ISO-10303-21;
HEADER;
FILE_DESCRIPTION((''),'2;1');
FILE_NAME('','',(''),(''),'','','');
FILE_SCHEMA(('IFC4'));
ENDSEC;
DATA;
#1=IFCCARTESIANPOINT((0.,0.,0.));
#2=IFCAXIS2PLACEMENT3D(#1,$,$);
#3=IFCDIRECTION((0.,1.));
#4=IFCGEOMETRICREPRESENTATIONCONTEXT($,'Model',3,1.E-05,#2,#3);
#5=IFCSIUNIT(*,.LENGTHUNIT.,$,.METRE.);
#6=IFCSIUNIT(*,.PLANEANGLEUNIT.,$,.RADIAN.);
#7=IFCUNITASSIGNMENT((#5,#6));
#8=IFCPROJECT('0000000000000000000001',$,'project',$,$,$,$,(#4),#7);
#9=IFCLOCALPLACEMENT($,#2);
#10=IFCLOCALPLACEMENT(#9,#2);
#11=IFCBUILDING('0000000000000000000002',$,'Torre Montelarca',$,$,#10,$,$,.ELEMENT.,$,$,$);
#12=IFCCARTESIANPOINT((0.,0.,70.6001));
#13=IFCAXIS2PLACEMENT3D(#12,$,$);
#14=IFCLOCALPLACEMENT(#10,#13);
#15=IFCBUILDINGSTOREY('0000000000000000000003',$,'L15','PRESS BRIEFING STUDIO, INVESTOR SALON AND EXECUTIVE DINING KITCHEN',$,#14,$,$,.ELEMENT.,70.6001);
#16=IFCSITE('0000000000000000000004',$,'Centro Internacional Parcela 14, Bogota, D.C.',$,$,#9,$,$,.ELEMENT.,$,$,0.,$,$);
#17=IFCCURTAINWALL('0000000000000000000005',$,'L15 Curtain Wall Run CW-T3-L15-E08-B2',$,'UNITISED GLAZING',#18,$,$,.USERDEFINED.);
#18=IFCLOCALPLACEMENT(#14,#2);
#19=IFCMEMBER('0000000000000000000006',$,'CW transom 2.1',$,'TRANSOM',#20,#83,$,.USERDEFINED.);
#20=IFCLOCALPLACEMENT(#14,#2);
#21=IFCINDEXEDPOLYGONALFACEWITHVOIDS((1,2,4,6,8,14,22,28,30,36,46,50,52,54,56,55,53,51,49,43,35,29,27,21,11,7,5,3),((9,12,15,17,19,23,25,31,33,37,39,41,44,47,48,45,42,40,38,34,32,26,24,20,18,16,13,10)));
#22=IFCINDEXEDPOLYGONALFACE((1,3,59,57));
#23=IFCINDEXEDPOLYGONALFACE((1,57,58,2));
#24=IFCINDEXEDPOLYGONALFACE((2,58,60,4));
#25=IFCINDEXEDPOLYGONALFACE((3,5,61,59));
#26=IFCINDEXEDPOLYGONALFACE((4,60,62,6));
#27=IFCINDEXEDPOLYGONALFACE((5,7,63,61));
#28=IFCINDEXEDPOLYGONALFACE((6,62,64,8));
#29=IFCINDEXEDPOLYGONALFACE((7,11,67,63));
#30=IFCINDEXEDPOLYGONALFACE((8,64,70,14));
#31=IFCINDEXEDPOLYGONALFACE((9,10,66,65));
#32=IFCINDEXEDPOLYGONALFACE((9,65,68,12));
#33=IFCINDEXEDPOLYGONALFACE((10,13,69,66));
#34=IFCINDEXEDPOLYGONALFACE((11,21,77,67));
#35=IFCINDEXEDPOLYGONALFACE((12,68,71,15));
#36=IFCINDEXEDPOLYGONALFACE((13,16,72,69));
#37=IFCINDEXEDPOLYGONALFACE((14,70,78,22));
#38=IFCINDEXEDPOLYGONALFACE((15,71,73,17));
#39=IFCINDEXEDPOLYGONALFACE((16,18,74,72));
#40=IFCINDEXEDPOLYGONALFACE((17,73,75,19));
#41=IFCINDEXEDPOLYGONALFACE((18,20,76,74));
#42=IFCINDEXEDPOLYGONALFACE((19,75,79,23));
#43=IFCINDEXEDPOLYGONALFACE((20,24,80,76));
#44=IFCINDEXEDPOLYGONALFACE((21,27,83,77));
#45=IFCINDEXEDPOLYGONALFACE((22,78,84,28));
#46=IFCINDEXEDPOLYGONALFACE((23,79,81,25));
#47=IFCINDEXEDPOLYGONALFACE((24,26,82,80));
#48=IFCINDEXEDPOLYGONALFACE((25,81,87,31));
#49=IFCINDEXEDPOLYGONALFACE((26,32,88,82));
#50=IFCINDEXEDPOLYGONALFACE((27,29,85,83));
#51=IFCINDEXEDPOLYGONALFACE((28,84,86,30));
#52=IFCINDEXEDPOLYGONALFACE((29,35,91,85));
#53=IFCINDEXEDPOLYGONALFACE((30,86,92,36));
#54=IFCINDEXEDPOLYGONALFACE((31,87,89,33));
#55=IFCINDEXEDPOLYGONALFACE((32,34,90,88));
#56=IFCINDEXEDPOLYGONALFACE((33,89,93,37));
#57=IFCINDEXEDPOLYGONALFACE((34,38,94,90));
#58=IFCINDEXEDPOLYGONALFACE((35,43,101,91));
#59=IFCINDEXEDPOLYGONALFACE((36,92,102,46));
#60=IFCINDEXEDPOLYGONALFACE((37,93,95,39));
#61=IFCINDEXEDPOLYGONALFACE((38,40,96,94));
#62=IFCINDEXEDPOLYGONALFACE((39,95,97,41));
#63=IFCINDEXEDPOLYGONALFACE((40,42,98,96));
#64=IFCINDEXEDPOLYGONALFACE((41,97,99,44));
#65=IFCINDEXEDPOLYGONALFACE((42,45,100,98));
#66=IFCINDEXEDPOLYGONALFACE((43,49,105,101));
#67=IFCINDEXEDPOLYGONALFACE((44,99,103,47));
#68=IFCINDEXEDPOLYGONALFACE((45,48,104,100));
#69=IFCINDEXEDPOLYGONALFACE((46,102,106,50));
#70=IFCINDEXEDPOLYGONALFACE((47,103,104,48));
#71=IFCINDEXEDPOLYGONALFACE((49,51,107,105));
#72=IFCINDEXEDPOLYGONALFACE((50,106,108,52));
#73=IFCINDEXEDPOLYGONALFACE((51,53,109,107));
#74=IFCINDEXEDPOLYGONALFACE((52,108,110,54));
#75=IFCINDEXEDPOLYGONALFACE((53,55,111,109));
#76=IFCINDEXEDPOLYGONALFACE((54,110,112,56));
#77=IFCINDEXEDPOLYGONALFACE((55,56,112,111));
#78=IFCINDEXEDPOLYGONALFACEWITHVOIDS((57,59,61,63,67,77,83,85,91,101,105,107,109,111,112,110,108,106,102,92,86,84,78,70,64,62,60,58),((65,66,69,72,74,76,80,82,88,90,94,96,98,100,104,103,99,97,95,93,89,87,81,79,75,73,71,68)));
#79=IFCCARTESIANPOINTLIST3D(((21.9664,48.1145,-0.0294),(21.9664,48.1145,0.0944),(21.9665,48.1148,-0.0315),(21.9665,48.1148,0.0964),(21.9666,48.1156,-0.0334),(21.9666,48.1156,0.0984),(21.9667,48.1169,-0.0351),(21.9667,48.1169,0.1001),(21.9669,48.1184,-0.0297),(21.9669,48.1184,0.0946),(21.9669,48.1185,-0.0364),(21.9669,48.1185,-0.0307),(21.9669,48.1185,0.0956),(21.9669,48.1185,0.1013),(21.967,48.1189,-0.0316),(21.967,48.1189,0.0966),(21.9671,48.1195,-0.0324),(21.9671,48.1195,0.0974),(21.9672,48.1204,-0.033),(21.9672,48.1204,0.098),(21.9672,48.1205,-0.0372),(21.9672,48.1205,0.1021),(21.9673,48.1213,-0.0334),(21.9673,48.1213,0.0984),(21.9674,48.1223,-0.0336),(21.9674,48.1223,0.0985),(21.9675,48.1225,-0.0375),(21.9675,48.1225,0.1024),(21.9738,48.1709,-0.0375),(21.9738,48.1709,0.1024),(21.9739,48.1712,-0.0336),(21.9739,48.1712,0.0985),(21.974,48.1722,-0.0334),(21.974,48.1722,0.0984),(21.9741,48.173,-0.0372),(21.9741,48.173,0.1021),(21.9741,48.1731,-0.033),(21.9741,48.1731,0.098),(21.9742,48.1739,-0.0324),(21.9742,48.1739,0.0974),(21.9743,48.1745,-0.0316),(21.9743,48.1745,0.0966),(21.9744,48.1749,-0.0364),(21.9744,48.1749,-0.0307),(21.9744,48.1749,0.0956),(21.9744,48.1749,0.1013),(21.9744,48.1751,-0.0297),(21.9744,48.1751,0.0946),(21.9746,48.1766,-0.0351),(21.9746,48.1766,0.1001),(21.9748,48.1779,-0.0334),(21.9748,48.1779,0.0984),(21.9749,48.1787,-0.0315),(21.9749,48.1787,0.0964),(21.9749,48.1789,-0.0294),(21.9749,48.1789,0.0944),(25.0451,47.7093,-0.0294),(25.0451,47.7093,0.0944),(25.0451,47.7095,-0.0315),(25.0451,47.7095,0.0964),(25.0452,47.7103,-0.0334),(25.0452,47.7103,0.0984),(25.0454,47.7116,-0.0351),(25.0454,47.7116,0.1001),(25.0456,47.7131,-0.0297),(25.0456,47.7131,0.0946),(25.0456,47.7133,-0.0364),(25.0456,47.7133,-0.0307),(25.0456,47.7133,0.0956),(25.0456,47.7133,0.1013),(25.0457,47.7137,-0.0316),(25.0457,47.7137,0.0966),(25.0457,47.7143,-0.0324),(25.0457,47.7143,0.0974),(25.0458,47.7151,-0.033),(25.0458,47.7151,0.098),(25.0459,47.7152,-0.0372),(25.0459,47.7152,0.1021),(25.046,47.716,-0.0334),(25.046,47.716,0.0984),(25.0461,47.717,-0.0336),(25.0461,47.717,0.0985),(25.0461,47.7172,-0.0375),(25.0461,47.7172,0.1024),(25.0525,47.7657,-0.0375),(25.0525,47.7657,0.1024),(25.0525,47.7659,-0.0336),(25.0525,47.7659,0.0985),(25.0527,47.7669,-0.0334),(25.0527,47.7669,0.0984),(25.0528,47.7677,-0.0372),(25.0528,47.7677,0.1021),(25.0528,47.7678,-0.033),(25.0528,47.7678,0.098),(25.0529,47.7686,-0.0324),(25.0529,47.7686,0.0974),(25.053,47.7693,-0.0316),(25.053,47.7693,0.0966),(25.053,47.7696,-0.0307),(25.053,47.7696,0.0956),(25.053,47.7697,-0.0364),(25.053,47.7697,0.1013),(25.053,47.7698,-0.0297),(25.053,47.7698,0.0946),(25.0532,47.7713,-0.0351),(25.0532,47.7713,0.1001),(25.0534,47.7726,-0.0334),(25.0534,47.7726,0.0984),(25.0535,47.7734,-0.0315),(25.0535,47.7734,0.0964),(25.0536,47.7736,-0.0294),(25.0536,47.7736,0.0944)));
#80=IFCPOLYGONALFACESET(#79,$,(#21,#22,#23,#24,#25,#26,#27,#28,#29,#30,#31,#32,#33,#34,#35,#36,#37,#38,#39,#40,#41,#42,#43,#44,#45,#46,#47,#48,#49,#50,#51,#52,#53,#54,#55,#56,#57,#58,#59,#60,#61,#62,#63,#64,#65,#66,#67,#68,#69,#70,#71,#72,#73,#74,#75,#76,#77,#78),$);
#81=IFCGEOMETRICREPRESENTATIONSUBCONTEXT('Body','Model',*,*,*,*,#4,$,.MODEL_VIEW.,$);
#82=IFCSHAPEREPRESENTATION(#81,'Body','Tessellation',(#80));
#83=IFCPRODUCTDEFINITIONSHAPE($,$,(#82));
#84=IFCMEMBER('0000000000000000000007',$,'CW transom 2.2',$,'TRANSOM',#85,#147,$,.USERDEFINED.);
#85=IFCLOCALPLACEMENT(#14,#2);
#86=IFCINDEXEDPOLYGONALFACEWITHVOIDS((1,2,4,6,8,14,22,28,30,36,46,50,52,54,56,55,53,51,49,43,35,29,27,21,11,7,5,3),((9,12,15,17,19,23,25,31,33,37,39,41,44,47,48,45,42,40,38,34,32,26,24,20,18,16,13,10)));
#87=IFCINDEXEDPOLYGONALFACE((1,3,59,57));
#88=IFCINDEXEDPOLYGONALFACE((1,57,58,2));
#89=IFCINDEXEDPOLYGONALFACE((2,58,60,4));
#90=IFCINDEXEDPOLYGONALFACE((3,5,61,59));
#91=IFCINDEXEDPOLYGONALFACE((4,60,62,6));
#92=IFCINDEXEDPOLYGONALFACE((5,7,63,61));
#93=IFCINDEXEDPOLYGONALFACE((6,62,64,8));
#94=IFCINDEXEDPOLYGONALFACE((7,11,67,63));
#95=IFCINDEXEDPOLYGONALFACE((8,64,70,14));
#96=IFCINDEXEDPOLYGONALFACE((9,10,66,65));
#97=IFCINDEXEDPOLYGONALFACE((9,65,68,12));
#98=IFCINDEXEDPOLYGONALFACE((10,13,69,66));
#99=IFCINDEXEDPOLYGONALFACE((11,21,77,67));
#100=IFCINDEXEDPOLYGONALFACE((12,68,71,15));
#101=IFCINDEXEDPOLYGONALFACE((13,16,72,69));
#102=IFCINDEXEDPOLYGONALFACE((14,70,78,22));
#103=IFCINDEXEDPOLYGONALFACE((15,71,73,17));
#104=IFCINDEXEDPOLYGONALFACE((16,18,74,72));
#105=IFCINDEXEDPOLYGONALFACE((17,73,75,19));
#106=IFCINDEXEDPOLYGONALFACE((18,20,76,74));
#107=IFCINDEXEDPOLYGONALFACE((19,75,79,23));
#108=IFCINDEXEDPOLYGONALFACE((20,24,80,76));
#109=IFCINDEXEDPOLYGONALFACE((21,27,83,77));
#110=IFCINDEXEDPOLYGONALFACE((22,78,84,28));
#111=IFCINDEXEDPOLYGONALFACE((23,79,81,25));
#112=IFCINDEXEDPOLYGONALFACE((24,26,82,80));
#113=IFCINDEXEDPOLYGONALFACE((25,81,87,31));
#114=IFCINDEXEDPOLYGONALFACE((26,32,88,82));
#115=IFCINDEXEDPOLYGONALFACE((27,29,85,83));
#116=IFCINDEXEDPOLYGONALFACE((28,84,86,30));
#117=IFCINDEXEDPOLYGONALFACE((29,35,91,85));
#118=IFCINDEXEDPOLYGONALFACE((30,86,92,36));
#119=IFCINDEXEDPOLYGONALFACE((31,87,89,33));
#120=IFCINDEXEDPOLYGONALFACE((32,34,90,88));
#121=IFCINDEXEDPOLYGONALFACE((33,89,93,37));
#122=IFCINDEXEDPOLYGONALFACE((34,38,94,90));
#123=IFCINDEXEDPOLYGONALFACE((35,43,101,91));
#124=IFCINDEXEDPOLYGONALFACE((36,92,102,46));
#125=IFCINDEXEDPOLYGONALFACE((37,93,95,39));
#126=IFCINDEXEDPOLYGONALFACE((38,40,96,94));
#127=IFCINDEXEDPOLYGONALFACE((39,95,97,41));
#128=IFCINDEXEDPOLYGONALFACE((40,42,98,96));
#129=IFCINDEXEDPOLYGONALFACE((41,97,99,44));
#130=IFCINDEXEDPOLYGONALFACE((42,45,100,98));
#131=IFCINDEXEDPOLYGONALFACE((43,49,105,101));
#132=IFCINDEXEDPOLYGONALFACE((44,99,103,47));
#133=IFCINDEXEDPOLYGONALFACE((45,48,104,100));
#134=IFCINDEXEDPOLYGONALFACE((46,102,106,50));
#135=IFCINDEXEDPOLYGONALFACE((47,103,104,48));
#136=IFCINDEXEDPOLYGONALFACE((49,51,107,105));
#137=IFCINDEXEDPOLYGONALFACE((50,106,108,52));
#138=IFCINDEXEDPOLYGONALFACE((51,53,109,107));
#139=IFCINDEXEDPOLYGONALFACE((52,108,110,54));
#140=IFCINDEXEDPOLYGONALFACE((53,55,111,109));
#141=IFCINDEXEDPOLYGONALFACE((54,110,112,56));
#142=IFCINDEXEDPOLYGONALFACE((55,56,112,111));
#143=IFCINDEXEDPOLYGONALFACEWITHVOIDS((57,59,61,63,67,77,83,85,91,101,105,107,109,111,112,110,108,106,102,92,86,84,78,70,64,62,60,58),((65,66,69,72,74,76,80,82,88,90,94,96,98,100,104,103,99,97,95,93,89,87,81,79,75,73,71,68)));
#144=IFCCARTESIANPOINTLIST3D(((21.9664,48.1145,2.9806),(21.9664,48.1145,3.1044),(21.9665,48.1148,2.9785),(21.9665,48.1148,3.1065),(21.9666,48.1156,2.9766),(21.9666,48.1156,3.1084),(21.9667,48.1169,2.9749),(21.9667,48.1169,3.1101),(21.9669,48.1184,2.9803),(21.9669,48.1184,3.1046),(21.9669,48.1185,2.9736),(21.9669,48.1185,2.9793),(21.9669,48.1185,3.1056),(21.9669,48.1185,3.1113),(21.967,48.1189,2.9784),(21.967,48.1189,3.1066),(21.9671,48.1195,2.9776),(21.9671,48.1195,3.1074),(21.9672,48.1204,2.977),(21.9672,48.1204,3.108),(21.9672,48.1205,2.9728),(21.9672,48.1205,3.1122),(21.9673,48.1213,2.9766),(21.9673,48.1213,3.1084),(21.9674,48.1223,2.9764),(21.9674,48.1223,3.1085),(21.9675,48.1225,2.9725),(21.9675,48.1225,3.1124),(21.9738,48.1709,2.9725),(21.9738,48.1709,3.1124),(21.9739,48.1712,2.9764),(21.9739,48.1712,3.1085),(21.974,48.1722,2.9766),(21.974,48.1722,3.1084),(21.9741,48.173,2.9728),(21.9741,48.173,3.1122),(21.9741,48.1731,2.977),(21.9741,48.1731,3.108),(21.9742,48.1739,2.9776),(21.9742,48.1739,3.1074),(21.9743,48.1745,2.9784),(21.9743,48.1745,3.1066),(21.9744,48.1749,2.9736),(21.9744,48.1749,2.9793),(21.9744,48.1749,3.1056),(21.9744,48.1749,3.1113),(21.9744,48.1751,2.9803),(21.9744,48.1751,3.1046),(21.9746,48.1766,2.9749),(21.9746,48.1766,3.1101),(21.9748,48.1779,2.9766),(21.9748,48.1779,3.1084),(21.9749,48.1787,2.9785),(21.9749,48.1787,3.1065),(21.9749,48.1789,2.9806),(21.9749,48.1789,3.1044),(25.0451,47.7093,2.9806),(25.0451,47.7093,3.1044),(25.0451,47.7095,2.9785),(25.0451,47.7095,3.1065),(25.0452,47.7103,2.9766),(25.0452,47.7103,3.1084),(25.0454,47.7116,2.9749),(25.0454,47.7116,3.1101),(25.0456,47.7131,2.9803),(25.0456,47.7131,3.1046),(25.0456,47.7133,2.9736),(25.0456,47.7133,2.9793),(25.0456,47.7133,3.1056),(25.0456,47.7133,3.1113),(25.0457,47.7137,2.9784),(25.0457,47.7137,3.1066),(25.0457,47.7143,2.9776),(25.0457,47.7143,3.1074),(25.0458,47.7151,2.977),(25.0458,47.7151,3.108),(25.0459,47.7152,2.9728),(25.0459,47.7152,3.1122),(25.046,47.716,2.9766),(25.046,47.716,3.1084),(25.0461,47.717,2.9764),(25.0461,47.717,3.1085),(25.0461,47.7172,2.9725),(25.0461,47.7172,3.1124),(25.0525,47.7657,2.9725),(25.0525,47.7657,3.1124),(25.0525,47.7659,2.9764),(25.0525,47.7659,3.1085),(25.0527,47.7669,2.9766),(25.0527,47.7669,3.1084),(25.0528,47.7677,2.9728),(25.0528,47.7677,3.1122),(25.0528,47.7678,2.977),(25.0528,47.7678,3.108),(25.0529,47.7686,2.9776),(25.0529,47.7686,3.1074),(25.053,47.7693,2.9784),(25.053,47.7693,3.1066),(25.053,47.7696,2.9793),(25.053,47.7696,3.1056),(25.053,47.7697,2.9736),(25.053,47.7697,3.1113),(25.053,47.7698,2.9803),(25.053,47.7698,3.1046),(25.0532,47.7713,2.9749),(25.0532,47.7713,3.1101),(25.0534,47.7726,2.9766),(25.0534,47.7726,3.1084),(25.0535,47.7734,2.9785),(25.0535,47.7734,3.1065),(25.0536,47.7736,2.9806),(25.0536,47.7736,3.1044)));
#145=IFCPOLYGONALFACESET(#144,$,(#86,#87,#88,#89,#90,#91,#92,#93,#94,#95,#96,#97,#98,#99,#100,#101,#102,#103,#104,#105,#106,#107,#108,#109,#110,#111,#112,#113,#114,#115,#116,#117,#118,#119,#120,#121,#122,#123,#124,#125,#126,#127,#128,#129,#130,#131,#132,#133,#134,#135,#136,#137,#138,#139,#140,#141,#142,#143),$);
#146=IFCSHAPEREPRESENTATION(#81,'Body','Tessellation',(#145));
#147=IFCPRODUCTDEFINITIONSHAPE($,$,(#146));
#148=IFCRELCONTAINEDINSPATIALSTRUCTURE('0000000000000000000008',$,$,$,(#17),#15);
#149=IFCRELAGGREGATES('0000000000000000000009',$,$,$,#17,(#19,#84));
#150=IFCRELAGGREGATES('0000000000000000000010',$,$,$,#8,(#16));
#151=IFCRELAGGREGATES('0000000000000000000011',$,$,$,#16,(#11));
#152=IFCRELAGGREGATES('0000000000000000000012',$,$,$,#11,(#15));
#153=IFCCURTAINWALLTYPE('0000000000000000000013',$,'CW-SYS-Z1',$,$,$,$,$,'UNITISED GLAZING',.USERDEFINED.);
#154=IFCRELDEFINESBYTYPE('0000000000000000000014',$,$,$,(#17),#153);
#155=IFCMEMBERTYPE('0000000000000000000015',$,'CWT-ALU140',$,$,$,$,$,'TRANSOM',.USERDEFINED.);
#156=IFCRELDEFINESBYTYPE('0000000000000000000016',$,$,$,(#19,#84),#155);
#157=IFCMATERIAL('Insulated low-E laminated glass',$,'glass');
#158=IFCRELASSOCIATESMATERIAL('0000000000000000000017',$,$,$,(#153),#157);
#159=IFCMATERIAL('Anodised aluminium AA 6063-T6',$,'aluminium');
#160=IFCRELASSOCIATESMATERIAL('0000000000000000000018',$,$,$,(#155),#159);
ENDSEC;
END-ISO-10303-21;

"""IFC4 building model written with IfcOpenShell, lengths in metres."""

from ifc_helpers import new_model, si_unit, direction, frame, origin, origin_2d, place, context, subcontext, project, spatial, hollow_rectangle, extrude, source, transform, mapped, material, material_profile, profile_set, type_object, element, aggregate, save


model = new_model("IFC4")

# Units and contexts
model_context = context("Model", 3, precision=1e-05, world=origin(), true_north=direction((0.0, 1.0)))
body_context = subcontext(model_context, "Body", "Model", "MODEL_VIEW")
ifc_project = project(units=[si_unit("LENGTHUNIT", "METRE"), si_unit("PLANEANGLEUNIT", "RADIAN")], contexts=[model_context])

# Site, building, storey
site_placement = place(None, origin())
site = spatial("IfcSite", under=ifc_project, at=site_placement, Name="Centro Internacional Parcela 14, Bogota, D.C.", CompositionType="ELEMENT", RefElevation=0.0)
building_placement = place(site_placement, origin())
building = spatial("IfcBuilding", under=site, at=building_placement, Name="Torre Montelarca", CompositionType="ELEMENT")
storey_placement = place(building_placement, frame((0.0, 0.0, 70.6001)))
storey = spatial("IfcBuildingStorey", under=building, at=storey_placement, Name="L15", Description="PRESS BRIEFING STUDIO, INVESTOR SALON AND EXECUTIVE DINING KITCHEN", CompositionType="ELEMENT", Elevation=70.6001)

# Curtain wall, members
ifc_material_1 = material(Name="Insulated low-E laminated glass", Category="glass")
curtain_wall_type = type_object("IfcCurtainWallType", Name="CW-SYS-Z1", ElementType="UNITISED GLAZING", PredefinedType="USERDEFINED", material=ifc_material_1)
curtain_wall_1_placement = place(storey_placement, origin())
curtain_wall_1 = element("IfcCurtainWall", 1, at=curtain_wall_1_placement, inside=storey, type_object=curtain_wall_type, Name="L15 Curtain Wall Run CW-T3-L15-E08-B2", ObjectType="UNITISED GLAZING", PredefinedType="USERDEFINED")
ifc_material_2 = material(Name="Anodised aluminium AA 6063-T6", Category="aluminium")
ifc_material_profile_1 = material_profile(ifc_material_2, hollow_rectangle(XDim=0.0649, YDim=0.1399, WallThickness=0.0039, InnerFilletRadius=0.0039, OuterFilletRadius=0.0081, at=origin_2d()), Name="ALU65X140X4", Category="aluminium")
ifc_profile_set_1 = profile_set([ifc_material_profile_1], Name="Anodised aluminium AA 6063-T6")
member_type_1 = type_object("IfcMemberType", Name="CWT-ALU140", ElementType="TRANSOM", PredefinedType="USERDEFINED", material=ifc_profile_set_1)
shared_shape_1 = source(origin(), body_context, "Body", "SweptSolid", [
    extrude(hollow_rectangle(XDim=0.0649, YDim=0.1399, WallThickness=0.0039, InnerFilletRadius=0.0039, OuterFilletRadius=0.0081, at=origin_2d()), origin(), (0.0, 0.0, 1.0), 3.1052),
])
member_1_placement = place(storey_placement, frame((25.0493, 47.7415, 0.0325), z_axis=(-0.991446, 0.130516, 0.0), x_axis=(-0.130516, -0.991446, 0.0)))
member_1 = element("IfcMember", 2, at=member_1_placement, type_object=member_type_1, Name="CW transom 2.1", ObjectType="TRANSOM", PredefinedType="USERDEFINED", context=body_context, shape_type="MappedRepresentation", body=[
    mapped(shared_shape_1, transform((0.0, 0.0, 0.0), scale=1.0)),
])
member_2_placement = place(storey_placement, frame((25.0493, 47.7415, 3.0425), z_axis=(-0.991446, 0.130516, 0.0), x_axis=(-0.130516, -0.991446, 0.0)))
member_2 = element("IfcMember", 3, at=member_2_placement, type_object=member_type_1, Name="CW transom 2.2", ObjectType="TRANSOM", PredefinedType="USERDEFINED", context=body_context, shape_type="MappedRepresentation", body=[
    mapped(shared_shape_1, transform((0.0, 0.0, 0.0), scale=1.0)),
])

aggregate(curtain_wall_1, [member_1, member_2])

save(model, "model.ifc")
